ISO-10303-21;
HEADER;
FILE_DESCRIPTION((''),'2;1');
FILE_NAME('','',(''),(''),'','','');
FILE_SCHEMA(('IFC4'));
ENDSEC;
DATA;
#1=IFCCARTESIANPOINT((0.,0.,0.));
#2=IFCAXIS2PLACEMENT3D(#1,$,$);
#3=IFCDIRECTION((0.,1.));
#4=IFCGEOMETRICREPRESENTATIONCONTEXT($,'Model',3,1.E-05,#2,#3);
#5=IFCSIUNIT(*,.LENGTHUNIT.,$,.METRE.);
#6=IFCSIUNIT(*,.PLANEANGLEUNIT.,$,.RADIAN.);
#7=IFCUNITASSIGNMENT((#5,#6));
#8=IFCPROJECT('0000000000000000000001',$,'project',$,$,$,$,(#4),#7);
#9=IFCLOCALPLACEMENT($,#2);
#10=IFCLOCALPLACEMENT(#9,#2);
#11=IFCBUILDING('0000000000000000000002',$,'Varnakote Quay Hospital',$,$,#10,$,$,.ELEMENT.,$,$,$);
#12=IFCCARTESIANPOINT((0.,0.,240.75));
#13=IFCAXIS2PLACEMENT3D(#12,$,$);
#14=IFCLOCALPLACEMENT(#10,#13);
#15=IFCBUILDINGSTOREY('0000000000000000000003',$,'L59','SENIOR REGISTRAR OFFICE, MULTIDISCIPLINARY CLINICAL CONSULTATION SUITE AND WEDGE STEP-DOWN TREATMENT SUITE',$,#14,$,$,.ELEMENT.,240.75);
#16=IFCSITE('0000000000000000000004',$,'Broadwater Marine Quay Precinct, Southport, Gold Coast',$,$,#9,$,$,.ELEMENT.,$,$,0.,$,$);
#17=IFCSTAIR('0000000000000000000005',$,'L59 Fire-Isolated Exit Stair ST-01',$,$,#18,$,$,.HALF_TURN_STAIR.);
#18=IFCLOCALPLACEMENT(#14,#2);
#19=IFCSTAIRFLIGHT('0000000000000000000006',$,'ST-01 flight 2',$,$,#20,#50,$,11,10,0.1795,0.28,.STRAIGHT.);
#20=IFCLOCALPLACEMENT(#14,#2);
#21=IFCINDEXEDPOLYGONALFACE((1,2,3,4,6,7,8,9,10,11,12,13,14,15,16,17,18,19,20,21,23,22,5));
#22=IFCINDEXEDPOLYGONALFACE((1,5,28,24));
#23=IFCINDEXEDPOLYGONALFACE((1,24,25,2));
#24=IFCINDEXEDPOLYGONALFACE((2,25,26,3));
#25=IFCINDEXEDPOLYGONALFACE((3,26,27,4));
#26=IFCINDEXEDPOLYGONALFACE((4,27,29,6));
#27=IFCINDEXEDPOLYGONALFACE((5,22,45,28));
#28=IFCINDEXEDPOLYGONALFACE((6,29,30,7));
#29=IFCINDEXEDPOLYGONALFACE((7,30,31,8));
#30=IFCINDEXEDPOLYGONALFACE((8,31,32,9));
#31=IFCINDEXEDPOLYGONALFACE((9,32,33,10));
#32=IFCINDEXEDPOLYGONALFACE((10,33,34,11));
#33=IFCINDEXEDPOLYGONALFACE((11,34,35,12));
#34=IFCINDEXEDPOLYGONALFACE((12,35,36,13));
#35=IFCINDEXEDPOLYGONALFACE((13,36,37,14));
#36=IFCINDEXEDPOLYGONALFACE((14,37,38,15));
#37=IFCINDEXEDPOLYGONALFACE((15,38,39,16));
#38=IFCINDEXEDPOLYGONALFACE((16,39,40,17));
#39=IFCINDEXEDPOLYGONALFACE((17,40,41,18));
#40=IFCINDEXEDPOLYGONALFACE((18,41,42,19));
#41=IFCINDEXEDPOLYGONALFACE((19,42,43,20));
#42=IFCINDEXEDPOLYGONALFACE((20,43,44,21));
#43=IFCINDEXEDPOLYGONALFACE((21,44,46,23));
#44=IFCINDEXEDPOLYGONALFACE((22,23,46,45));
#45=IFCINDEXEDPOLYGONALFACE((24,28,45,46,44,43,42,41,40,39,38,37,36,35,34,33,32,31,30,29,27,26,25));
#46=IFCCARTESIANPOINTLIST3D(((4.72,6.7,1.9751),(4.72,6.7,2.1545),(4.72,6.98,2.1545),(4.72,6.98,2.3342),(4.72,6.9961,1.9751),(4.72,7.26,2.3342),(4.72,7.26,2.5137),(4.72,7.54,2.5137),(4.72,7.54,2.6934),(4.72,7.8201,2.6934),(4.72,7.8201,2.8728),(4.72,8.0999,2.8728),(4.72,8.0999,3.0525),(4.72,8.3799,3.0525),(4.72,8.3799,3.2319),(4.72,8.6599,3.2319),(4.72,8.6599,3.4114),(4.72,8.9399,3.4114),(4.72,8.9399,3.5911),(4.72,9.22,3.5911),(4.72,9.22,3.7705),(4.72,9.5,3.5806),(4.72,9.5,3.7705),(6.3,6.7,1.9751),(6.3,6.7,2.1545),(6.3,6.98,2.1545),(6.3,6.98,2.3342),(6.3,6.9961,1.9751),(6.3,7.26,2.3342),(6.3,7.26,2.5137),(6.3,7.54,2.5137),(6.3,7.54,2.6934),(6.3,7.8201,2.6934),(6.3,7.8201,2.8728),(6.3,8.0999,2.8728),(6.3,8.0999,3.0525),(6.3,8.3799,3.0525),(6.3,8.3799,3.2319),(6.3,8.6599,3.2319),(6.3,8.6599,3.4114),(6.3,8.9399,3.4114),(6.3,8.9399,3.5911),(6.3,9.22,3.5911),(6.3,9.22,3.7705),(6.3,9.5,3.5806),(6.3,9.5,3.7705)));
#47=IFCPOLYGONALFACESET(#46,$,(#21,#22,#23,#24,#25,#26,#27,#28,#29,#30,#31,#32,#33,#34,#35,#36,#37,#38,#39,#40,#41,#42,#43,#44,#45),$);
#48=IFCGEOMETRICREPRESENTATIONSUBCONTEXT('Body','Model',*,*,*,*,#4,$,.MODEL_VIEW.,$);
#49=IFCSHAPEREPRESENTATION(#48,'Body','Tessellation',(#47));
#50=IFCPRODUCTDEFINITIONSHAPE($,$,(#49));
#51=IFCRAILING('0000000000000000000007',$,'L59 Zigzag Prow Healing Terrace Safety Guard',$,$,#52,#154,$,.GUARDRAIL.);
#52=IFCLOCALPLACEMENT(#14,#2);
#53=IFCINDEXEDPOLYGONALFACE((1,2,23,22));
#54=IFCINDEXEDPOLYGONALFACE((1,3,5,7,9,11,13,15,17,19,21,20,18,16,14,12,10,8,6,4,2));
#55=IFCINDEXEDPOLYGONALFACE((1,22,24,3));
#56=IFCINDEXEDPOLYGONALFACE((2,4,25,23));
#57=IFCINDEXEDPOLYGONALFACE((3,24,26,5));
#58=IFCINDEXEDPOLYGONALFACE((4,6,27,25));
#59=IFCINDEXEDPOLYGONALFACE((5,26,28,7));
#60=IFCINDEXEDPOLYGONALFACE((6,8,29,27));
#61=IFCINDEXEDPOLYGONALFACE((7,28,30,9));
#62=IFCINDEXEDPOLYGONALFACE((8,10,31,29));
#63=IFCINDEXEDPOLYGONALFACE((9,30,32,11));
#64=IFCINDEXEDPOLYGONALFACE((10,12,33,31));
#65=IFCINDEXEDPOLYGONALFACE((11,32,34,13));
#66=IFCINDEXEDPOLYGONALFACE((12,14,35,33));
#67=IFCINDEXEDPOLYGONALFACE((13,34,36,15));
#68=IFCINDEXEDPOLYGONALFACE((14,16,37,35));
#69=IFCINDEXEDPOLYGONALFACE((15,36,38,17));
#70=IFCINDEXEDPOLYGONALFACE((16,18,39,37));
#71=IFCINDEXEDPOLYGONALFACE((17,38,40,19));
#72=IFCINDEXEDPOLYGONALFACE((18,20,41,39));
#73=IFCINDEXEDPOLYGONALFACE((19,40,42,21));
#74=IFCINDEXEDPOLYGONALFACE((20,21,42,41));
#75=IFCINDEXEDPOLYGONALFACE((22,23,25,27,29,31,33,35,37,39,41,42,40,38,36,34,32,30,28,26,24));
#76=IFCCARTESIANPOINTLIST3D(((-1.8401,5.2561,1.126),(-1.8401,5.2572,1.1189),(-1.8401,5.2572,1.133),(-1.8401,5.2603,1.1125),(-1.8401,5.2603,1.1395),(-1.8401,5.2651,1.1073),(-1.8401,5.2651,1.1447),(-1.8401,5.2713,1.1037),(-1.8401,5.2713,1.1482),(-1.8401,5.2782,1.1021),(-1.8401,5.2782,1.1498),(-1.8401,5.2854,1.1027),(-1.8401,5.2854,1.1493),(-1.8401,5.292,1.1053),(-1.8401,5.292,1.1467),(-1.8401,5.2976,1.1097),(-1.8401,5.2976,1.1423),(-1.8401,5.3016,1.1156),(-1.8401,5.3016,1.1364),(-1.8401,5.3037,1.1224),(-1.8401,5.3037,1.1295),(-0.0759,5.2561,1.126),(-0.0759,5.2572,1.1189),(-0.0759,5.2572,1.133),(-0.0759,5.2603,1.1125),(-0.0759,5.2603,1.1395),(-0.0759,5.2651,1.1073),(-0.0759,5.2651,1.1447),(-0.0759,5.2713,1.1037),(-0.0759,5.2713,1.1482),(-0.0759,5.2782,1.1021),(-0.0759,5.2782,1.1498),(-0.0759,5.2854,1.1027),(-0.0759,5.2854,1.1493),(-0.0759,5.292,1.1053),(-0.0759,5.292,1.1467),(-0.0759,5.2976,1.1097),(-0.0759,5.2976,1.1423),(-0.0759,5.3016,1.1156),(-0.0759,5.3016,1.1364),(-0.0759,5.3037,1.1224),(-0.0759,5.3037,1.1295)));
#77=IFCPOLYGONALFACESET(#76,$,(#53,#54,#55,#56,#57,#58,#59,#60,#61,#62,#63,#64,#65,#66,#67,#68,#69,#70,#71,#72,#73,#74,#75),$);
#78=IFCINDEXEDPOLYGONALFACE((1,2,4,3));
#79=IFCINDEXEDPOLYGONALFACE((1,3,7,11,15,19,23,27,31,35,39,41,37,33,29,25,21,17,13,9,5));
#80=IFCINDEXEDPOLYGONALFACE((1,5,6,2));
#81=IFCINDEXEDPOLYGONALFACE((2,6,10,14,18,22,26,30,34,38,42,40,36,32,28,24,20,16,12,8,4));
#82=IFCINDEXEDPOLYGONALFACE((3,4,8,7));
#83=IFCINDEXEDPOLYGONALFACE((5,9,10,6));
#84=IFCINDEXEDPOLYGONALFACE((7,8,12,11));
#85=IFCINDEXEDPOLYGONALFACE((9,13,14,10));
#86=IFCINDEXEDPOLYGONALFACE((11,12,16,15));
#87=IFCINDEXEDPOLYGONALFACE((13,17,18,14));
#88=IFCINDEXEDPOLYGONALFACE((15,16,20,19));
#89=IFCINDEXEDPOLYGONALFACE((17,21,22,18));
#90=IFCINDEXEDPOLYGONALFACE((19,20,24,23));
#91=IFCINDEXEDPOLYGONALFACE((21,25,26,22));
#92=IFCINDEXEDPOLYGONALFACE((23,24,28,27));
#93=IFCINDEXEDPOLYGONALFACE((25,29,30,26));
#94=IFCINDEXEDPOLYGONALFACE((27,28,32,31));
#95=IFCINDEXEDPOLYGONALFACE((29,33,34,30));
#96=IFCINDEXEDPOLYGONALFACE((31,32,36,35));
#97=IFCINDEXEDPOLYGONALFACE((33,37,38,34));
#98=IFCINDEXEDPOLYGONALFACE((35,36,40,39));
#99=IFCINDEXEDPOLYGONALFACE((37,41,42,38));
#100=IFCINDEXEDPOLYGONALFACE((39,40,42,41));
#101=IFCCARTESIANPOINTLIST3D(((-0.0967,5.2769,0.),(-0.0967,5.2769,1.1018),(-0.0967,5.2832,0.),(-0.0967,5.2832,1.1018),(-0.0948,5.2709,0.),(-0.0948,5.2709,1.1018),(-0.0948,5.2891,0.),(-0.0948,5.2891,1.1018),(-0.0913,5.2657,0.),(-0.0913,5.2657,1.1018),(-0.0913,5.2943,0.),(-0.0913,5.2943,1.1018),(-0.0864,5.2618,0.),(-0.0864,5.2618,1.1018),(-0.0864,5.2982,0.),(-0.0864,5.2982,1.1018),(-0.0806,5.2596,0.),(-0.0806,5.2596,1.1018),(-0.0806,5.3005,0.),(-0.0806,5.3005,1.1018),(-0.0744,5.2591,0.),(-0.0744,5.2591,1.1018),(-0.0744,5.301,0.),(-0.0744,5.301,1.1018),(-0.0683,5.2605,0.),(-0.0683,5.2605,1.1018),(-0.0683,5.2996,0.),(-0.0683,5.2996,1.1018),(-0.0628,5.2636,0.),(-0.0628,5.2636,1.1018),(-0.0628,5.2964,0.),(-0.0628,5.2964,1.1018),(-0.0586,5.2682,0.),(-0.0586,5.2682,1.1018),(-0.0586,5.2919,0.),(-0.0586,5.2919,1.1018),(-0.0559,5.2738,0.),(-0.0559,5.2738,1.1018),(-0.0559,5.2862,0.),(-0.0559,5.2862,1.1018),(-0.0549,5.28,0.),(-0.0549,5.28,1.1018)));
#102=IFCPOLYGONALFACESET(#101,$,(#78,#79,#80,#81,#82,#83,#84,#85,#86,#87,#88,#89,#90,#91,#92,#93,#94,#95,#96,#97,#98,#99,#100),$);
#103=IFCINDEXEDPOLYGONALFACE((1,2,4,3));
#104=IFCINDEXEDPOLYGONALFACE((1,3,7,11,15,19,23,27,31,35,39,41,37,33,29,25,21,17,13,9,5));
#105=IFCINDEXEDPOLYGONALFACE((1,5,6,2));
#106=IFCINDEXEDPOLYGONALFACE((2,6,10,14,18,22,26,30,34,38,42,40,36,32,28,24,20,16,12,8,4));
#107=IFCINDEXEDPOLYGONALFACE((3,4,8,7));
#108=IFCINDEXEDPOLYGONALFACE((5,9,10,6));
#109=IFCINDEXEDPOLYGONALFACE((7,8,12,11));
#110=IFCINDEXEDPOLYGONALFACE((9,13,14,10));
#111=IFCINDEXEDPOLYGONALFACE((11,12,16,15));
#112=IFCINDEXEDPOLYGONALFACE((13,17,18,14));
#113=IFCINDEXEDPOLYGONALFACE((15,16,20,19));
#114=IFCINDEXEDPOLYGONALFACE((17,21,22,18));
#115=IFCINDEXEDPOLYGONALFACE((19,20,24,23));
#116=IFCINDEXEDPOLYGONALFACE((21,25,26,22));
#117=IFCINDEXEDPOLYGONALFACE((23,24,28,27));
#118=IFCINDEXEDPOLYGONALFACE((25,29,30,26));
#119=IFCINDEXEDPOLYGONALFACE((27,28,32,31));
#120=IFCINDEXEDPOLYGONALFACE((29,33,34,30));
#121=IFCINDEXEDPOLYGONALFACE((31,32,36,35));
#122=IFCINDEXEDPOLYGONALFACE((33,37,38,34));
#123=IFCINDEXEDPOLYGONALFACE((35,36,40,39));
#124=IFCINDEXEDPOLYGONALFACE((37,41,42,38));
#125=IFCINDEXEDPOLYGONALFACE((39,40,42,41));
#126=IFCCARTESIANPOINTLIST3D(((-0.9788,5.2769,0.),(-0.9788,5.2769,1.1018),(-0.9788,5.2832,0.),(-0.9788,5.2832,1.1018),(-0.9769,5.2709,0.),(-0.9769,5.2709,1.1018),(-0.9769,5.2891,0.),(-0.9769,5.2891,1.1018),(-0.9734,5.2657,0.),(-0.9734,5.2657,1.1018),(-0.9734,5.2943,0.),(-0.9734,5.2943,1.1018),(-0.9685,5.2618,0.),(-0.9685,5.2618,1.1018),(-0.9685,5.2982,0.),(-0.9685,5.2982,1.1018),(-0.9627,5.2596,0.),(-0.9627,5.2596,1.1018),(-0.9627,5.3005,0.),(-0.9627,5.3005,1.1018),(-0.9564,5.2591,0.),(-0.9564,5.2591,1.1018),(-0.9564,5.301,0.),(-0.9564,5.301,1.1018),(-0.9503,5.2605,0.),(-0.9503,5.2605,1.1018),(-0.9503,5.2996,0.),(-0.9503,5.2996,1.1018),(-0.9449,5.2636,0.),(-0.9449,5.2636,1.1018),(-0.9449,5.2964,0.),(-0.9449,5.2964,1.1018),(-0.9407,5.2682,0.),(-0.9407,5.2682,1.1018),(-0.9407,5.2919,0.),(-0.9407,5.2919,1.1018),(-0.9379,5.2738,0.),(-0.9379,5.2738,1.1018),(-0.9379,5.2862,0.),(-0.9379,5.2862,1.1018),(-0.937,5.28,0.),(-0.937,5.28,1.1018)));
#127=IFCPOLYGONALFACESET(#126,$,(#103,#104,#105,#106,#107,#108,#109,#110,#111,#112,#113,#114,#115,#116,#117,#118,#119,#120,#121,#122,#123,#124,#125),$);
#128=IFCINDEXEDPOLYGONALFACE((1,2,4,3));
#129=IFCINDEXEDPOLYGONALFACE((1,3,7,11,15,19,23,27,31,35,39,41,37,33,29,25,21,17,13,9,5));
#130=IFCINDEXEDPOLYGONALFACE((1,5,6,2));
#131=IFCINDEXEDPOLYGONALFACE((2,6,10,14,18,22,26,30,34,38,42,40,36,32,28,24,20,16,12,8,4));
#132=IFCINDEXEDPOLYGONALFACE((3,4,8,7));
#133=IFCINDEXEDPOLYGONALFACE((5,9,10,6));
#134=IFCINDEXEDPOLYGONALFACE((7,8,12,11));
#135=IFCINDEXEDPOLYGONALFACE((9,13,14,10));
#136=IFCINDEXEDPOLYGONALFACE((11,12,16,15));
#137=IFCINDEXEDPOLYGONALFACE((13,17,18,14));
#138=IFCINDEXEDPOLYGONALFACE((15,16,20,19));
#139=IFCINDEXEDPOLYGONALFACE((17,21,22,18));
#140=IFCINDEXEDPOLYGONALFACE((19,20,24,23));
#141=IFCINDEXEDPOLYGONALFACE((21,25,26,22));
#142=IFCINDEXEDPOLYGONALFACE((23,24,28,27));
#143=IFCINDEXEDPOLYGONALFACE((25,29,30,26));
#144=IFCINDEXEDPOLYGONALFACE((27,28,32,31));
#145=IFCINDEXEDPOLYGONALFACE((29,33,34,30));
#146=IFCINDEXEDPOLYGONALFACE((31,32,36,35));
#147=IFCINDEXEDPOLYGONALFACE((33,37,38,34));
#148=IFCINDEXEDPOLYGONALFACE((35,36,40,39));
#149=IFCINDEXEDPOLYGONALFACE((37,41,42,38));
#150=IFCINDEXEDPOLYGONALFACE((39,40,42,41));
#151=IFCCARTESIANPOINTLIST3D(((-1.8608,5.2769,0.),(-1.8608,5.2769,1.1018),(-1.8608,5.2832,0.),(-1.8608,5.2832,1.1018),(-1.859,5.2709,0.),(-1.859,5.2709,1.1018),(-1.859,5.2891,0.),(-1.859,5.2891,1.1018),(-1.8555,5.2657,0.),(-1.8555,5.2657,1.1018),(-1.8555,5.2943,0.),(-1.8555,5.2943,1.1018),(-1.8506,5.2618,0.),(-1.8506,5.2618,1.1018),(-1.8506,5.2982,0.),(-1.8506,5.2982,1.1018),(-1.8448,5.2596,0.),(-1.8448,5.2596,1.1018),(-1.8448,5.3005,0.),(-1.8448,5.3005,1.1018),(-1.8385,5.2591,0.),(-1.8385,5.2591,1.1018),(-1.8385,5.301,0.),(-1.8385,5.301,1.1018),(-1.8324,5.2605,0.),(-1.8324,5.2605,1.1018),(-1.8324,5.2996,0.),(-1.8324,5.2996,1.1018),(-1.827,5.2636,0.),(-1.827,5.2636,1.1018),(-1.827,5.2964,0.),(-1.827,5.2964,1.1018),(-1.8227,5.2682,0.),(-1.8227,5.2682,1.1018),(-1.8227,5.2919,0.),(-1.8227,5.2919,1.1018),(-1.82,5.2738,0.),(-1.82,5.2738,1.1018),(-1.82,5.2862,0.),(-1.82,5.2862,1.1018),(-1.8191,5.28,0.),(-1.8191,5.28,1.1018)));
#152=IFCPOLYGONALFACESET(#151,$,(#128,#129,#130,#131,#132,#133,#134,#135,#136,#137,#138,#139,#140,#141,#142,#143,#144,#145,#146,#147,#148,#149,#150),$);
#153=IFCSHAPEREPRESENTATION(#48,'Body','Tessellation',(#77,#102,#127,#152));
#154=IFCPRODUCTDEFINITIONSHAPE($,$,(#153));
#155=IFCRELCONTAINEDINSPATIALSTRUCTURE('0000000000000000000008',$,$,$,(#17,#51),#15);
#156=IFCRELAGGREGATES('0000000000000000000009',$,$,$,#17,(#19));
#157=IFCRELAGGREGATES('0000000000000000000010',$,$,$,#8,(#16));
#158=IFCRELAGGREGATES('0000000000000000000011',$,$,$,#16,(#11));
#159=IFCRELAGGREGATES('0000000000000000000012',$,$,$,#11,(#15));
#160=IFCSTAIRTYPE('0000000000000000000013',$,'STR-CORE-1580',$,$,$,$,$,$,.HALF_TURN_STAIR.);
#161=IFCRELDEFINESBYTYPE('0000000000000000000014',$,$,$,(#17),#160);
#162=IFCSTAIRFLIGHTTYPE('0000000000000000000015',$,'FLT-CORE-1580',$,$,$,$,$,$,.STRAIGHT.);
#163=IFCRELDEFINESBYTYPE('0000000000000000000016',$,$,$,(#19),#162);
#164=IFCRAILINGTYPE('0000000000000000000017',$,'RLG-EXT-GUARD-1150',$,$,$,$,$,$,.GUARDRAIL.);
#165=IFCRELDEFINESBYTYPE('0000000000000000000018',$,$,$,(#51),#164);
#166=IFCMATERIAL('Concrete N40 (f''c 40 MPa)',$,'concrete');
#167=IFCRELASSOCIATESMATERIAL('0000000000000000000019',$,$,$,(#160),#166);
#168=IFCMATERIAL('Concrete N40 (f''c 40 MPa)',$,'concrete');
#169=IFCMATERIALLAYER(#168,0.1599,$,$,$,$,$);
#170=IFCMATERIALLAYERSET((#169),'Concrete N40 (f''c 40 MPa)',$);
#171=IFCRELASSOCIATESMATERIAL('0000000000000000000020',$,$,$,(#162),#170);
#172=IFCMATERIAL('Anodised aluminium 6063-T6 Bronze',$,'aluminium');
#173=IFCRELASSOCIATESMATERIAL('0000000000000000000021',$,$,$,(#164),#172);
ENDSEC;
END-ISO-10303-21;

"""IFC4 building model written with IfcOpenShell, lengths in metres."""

from ifc_helpers import new_model, si_unit, direction, frame, origin, origin_2d, place, context, subcontext, project, spatial, polyline, circle, outline, extrude, material, layer, layer_set, type_object, element, aggregate, save


model = new_model("IFC4")

# Units and contexts
model_context = context("Model", 3, precision=1e-05, world=origin(), true_north=direction((0.0, 1.0)))
body_context = subcontext(model_context, "Body", "Model", "MODEL_VIEW")
ifc_project = project(units=[si_unit("LENGTHUNIT", "METRE"), si_unit("PLANEANGLEUNIT", "RADIAN")], contexts=[model_context])

# Site, building, storey
site_placement = place(None, origin())
site = spatial("IfcSite", under=ifc_project, at=site_placement, Name="Broadwater Marine Quay Precinct, Southport, Gold Coast", CompositionType="ELEMENT", RefElevation=0.0)
building_placement = place(site_placement, origin())
building = spatial("IfcBuilding", under=site, at=building_placement, Name="Varnakote Quay Hospital", CompositionType="ELEMENT")
storey_placement = place(building_placement, frame((0.0, 0.0, 240.75)))
storey = spatial("IfcBuildingStorey", under=building, at=storey_placement, Name="L59", Description="SENIOR REGISTRAR OFFICE, MULTIDISCIPLINARY CLINICAL CONSULTATION SUITE AND WEDGE STEP-DOWN TREATMENT SUITE", CompositionType="ELEMENT", Elevation=240.75)

# Stair
ifc_material_1 = material(Name="Concrete N40 (f'c 40 MPa)", Category="concrete")
stair_type = type_object("IfcStairType", Name="STR-CORE-1580", PredefinedType="HALF_TURN_STAIR", material=ifc_material_1)
stair_1_placement = place(storey_placement, origin())
stair_1 = element("IfcStair", 1, at=stair_1_placement, inside=storey, type_object=stair_type, Name="L59 Fire-Isolated Exit Stair ST-01", PredefinedType="HALF_TURN_STAIR")

# Stair flight
ifc_material_2 = material(Name="Concrete N40 (f'c 40 MPa)", Category="concrete")
ifc_layer_1 = layer(ifc_material_2, 0.1599)
ifc_layer_set_1 = layer_set([ifc_layer_1], Name="Concrete N40 (f'c 40 MPa)")
stair_flight_type = type_object("IfcStairFlightType", Name="FLT-CORE-1580", PredefinedType="STRAIGHT", material=ifc_layer_set_1)
stair_flight_1_placement = place(storey_placement, frame((5.51, 6.7, 1.9751), z_axis=(0.0, 0.0, 1.0), x_axis=(0.0, 1.0, 0.0)))
stair_flight_1 = element("IfcStairFlight", 2, at=stair_flight_1_placement, type_object=stair_flight_type, Name="ST-01 flight 2", NumberOfRisers=11, NumberOfTreads=10, PredefinedType="STRAIGHT", RiserHeight=0.1795, TreadLength=0.28, context=body_context, shape_type="SweptSolid", body=[
    extrude(outline(polyline([(0.0, 0.0), (0.0, 0.1794), (0.28, 0.1794), (0.28, 0.3591), (0.5601, 0.3591), (0.5601, 0.5386), (0.8401, 0.5386), (0.8401, 0.7183), (1.1201, 0.7183), (1.1201, 0.8977), (1.3999, 0.8977), (1.3999, 1.0774), (1.6799, 1.0774), (1.6799, 1.2568), (1.96, 1.2568), (1.96, 1.4363), (2.24, 1.4363), (2.24, 1.616), (2.52, 1.616), (2.52, 1.7954), (2.8, 1.7954), (2.8, 1.9751), (2.8, 1.6055), (0.2961, 0.0), (0.0, 0.0)])), frame((0.0, 0.79, 0.0), z_axis=(0.0, -1.0, 0.0), x_axis=(1.0, 0.0, 0.0)), (0.0, 0.0, 1.0), 1.5801),
])
aggregate(stair_1, [stair_flight_1])

# Railing
ifc_material_3 = material(Name="Anodised aluminium 6063-T6 Bronze", Category="aluminium")
railing_type_1 = type_object("IfcRailingType", Name="RLG-EXT-GUARD-1150", PredefinedType="GUARDRAIL", material=ifc_material_3)
railing_1_placement = place(storey_placement, frame((-0.0759, 5.28, 0.0)))
element("IfcRailing", 3, at=railing_1_placement, inside=storey, type_object=railing_type_1, Name="L59 Zigzag Prow Healing Terrace Safety Guard", PredefinedType="GUARDRAIL", context=body_context, shape_type="SweptSolid", body=[
    extrude(circle(Radius=0.0239, at=origin_2d()), frame((0.0, 0.0, 1.126), z_axis=(-1.0, 0.0, 0.0), x_axis=(0.0, -1.0, 0.0)), (0.0, 0.0, 1.0), 1.7642),
    extrude(circle(Radius=0.021, at=origin_2d()), origin(), (0.0, 0.0, 1.0), 1.1018),
    extrude(circle(Radius=0.021, at=origin_2d()), frame((-0.8821, 0.0, 0.0)), (0.0, 0.0, 1.0), 1.1018),
    extrude(circle(Radius=0.021, at=origin_2d()), frame((-1.7642, 0.0, 0.0)), (0.0, 0.0, 1.0), 1.1018),
])

save(model, "model.ifc")
